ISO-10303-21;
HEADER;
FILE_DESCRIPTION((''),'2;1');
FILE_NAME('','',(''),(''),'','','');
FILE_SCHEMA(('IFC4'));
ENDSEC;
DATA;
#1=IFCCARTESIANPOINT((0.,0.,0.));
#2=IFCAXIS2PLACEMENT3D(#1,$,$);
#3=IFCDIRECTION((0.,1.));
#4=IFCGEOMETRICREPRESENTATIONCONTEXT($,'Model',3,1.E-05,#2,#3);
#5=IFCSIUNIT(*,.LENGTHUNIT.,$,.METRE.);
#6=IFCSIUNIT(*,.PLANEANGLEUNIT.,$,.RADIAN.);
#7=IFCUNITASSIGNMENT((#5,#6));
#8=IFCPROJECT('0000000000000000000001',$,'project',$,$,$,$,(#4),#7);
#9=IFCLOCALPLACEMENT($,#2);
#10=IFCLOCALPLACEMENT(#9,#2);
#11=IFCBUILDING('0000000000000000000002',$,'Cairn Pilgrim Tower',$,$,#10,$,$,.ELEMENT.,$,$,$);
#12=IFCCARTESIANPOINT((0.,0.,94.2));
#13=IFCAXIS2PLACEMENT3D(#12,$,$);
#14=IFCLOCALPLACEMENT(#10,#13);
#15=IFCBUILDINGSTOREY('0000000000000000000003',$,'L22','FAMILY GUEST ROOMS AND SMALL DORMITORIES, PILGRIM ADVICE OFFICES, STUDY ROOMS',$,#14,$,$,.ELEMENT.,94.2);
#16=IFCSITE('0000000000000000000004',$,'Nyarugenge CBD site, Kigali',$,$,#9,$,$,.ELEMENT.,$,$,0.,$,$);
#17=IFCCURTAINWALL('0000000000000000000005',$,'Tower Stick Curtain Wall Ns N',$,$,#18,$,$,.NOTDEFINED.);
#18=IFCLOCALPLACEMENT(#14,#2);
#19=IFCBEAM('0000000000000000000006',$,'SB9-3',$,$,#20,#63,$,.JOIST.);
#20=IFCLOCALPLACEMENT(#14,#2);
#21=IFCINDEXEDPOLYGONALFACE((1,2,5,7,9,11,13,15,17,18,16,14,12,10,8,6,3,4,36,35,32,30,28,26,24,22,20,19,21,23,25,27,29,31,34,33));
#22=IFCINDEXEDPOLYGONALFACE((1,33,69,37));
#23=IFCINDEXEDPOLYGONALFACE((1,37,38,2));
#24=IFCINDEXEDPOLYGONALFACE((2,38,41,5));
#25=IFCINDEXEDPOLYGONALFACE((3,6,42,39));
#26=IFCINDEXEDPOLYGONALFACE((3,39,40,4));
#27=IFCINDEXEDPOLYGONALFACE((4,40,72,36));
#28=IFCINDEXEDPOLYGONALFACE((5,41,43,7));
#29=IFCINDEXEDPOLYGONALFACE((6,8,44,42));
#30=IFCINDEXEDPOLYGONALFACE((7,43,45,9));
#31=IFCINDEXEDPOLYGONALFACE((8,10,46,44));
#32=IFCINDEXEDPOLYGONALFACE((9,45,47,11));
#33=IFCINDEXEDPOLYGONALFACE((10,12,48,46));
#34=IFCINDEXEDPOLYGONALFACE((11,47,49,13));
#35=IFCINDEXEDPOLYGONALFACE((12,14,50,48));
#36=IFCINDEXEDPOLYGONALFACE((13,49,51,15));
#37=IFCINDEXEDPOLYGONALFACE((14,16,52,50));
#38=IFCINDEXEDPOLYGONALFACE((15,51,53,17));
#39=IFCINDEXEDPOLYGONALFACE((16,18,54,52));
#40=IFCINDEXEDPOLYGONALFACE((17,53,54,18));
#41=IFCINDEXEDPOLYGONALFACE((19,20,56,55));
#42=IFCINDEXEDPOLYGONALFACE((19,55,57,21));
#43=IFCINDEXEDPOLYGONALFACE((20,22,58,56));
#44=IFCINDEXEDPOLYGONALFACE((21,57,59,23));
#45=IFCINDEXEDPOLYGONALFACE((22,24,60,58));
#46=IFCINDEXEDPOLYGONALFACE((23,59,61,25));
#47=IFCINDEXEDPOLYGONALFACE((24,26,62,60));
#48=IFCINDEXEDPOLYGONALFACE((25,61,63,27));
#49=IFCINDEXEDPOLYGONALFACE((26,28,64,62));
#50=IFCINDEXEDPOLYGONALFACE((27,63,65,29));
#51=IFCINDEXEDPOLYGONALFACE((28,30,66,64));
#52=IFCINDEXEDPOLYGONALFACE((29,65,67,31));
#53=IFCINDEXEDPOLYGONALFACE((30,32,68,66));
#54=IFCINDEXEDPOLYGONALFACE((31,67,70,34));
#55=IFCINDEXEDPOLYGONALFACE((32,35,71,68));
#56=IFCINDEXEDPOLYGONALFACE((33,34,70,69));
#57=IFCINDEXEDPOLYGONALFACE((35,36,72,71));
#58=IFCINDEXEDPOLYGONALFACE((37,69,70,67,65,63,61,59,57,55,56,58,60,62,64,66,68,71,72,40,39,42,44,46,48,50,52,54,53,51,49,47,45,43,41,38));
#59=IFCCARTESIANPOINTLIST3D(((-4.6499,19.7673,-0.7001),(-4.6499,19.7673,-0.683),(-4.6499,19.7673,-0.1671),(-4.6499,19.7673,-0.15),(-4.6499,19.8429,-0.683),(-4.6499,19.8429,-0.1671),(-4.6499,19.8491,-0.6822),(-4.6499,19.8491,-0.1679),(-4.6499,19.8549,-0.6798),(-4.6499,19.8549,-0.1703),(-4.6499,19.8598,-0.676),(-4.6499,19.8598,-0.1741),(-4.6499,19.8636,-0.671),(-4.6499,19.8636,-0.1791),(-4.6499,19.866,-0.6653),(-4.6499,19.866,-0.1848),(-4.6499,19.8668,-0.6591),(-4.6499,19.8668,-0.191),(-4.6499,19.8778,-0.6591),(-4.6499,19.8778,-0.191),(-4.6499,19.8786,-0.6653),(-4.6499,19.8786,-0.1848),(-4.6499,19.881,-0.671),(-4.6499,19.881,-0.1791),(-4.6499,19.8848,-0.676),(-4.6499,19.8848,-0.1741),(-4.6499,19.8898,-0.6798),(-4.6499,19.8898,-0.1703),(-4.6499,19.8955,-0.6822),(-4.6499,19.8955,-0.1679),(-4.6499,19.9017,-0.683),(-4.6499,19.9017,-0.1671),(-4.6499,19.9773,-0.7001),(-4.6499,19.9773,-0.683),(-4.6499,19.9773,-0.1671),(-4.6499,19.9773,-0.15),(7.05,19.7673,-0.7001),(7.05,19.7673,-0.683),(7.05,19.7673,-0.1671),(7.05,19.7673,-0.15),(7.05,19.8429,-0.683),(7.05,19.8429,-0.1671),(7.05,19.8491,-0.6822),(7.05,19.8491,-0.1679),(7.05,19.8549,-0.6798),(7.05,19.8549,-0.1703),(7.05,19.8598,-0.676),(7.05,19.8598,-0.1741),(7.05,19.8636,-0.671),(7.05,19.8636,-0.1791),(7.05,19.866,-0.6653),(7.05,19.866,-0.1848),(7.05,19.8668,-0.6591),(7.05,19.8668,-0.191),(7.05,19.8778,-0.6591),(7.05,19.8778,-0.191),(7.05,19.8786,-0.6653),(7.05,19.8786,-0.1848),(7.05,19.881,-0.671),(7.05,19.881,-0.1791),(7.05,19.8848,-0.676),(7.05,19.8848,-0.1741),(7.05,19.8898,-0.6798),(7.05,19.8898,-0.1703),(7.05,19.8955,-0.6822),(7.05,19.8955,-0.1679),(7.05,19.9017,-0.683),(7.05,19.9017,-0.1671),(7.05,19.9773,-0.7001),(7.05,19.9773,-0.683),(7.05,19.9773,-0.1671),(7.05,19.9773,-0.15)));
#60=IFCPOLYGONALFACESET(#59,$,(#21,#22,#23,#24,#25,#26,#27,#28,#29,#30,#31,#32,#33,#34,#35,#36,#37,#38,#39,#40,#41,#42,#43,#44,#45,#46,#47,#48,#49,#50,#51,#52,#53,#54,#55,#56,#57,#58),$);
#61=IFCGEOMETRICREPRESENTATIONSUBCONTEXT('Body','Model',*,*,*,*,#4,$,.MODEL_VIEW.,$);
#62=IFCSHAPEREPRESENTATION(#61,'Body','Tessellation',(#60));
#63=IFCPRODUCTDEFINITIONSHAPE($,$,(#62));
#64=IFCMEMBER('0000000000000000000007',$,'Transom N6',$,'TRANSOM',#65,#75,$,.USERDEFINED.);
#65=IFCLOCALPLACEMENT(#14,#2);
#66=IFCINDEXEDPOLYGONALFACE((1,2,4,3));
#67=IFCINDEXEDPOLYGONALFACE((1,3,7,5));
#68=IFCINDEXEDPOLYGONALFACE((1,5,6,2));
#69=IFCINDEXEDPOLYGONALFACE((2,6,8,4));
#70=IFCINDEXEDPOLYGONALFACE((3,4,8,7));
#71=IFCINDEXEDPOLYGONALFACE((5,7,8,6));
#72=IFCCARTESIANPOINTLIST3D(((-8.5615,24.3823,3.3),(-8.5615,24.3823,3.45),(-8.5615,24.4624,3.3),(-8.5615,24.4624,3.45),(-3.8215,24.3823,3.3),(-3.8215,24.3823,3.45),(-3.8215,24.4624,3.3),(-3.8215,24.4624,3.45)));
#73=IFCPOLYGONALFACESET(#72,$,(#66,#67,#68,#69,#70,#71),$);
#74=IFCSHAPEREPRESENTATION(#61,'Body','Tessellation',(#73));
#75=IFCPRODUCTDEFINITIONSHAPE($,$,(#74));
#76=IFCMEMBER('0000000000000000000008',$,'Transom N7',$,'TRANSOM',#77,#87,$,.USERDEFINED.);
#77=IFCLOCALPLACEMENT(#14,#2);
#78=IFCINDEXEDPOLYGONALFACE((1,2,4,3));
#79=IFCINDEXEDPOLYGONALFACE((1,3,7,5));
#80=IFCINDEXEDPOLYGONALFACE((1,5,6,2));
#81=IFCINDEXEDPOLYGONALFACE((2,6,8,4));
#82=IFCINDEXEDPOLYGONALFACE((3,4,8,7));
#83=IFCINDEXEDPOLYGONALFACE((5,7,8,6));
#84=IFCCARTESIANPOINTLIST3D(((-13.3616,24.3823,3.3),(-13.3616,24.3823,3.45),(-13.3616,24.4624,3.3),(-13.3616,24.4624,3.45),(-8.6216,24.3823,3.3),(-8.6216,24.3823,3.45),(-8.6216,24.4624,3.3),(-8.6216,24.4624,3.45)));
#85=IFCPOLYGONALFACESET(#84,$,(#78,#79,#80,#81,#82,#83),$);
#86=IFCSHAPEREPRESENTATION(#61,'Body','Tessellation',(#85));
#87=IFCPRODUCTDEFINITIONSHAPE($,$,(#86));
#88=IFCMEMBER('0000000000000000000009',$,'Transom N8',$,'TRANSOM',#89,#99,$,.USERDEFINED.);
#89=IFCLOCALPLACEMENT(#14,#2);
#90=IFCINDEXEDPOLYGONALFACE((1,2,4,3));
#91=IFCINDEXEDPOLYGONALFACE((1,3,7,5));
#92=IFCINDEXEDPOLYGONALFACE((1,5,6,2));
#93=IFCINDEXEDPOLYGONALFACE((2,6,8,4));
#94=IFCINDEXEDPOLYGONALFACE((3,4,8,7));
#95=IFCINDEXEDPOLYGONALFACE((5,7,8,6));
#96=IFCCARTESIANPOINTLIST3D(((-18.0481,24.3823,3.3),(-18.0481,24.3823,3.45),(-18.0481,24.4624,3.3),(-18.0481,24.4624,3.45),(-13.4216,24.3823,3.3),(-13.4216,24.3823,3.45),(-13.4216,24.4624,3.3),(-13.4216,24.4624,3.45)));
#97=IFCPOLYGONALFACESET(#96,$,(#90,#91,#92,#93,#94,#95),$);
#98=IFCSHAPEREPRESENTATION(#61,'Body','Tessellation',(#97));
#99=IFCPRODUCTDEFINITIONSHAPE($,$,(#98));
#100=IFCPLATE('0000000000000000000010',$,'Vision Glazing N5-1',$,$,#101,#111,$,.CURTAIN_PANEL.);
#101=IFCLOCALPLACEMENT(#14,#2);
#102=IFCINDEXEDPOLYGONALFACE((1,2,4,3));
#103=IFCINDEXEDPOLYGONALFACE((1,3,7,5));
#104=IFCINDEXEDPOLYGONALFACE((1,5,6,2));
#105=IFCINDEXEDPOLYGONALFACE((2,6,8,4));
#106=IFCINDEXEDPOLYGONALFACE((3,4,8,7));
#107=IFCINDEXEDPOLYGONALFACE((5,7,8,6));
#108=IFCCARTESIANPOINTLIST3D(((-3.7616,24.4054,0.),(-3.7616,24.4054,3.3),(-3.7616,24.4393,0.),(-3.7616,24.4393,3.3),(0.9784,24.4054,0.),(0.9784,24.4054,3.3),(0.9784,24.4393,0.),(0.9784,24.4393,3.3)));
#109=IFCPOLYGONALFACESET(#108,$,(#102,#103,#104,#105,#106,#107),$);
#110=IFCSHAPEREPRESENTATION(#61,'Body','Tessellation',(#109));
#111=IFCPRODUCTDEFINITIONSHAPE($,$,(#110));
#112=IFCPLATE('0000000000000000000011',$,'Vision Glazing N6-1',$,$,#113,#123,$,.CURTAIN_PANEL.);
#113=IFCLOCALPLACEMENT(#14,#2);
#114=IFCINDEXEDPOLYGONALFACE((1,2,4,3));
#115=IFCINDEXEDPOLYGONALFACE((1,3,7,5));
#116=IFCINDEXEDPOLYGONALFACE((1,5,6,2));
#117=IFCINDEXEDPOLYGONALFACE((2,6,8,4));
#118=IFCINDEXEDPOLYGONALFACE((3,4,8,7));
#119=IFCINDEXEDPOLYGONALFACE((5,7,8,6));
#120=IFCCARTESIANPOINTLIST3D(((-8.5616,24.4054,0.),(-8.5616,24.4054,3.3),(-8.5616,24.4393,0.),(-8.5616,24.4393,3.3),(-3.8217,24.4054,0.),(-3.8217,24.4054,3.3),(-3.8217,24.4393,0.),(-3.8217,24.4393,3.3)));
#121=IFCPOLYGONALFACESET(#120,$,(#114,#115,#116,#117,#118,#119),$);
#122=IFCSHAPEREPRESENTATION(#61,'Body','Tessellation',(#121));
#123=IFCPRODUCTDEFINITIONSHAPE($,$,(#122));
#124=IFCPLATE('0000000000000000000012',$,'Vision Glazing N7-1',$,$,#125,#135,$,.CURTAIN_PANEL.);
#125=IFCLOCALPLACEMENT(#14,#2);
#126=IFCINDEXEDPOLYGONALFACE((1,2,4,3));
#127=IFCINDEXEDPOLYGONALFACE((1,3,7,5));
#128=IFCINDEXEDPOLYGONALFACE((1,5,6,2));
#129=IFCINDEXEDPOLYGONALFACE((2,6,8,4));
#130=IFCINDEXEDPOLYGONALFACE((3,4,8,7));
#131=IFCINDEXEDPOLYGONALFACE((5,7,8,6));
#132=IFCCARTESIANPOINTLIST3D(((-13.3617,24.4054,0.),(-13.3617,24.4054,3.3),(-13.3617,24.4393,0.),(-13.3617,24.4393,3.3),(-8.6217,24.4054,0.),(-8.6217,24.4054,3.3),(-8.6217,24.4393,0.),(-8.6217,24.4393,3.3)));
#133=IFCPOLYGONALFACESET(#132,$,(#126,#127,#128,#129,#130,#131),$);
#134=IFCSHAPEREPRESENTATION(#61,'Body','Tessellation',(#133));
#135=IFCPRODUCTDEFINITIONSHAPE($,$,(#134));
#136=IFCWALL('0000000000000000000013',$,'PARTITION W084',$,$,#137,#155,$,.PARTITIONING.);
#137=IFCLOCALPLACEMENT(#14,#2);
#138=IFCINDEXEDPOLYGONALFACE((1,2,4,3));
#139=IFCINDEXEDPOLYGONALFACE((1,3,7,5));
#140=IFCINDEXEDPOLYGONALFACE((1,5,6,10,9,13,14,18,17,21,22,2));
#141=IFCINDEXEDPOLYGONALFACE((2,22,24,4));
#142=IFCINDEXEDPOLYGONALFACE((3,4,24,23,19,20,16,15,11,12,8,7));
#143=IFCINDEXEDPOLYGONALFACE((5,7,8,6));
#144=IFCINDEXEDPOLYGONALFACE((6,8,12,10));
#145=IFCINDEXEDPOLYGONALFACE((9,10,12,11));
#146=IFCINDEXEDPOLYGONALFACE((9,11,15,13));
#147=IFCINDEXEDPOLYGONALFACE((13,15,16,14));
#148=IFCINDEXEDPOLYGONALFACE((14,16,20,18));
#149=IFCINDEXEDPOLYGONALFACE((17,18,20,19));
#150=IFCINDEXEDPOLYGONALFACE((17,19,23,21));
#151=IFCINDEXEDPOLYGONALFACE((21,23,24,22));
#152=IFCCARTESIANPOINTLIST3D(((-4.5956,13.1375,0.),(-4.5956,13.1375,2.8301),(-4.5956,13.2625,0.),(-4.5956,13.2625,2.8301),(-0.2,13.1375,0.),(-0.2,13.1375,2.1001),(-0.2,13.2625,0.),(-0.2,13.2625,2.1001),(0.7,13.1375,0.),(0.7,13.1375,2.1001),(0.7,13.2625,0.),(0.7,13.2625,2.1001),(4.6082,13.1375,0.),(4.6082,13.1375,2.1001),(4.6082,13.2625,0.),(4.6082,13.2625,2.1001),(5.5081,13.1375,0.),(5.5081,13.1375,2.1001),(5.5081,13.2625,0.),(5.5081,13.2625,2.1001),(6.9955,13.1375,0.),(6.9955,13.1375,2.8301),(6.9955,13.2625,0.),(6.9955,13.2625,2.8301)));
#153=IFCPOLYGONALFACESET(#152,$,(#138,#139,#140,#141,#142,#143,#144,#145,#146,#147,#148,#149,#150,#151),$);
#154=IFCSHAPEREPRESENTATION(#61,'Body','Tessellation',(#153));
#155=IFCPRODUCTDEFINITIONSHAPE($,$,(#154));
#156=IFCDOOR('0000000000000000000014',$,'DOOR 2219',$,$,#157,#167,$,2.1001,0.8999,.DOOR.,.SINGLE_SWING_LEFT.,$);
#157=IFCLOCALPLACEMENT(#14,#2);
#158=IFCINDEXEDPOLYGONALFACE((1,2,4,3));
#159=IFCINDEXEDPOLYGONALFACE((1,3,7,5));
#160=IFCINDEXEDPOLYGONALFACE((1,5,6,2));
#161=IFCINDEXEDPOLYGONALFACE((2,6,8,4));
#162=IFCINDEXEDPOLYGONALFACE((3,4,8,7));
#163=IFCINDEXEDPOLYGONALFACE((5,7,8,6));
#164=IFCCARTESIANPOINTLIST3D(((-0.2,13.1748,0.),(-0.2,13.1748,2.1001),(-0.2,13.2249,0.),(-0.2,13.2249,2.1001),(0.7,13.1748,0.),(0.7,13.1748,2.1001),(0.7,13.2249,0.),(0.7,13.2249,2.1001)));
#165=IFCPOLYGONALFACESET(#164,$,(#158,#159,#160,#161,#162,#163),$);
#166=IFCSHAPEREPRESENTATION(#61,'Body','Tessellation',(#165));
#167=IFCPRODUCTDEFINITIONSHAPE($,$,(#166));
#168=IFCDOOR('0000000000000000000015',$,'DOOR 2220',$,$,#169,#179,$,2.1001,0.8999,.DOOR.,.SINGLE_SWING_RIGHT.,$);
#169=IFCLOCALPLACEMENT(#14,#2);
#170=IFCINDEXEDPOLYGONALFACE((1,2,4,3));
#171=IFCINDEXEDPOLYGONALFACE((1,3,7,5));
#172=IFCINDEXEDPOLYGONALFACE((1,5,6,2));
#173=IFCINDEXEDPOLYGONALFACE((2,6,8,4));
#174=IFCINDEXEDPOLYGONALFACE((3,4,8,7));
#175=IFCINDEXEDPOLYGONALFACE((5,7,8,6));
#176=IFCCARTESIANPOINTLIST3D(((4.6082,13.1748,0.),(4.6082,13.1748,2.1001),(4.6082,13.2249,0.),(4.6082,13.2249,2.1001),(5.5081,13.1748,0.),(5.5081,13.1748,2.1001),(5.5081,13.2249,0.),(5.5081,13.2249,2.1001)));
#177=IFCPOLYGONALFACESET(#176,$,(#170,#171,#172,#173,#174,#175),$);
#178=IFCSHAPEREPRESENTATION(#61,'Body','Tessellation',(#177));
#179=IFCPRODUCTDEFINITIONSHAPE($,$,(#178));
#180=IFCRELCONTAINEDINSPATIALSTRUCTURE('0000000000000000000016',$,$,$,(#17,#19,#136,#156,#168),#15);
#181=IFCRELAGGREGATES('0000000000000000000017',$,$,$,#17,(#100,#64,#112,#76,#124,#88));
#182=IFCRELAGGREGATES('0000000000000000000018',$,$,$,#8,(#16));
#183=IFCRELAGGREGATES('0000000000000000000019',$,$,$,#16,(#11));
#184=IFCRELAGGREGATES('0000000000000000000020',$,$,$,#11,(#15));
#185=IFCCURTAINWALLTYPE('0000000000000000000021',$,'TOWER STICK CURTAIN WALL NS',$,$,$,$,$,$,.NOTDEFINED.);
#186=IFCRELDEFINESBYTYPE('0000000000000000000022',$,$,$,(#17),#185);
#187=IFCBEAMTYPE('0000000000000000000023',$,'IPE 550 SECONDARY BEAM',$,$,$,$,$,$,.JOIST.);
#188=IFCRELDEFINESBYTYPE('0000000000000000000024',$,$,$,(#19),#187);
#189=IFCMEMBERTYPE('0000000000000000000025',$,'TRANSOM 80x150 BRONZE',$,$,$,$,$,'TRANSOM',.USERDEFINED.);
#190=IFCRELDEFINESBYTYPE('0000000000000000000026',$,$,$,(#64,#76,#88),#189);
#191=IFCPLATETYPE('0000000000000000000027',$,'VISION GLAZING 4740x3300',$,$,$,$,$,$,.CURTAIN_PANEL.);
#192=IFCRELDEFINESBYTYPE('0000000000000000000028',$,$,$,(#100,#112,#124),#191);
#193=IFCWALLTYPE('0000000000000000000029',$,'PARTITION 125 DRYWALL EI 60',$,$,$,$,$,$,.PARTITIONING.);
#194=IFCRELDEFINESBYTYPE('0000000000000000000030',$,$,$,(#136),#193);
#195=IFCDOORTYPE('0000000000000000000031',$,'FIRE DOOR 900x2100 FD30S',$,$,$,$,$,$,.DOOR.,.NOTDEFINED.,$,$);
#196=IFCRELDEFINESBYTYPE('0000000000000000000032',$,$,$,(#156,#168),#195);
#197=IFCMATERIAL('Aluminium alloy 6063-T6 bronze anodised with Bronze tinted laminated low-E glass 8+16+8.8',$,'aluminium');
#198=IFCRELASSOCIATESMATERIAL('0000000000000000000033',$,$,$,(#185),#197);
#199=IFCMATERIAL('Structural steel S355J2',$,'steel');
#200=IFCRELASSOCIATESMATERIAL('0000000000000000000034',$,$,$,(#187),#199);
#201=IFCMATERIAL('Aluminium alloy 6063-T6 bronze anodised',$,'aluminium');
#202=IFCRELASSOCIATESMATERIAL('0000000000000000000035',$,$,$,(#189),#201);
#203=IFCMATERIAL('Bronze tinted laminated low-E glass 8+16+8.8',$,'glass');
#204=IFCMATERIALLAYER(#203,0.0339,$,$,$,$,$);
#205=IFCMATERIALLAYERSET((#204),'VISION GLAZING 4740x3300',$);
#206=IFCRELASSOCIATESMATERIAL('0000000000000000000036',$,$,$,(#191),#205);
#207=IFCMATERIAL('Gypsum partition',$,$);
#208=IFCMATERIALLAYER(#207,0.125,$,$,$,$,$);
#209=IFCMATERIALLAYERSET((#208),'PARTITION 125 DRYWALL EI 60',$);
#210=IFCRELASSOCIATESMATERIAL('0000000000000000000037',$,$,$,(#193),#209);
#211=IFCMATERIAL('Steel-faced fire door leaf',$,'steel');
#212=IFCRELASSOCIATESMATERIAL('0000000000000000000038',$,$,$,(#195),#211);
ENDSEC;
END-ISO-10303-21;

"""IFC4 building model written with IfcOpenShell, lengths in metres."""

from ifc_helpers import new_model, si_unit, direction, frame, frame_2d, origin, origin_2d, place, context, subcontext, project, spatial, rectangle, i_section, extrude, material, layer, layer_set, material_profile, profile_set, type_object, element, fill, aggregate, save


model = new_model("IFC4")

# Units and contexts
model_context = context("Model", 3, precision=1e-05, world=origin(), true_north=direction((0.0, 1.0)))
body_context = subcontext(model_context, "Body", "Model", "MODEL_VIEW")
ifc_project = project(units=[si_unit("LENGTHUNIT", "METRE"), si_unit("PLANEANGLEUNIT", "RADIAN")], contexts=[model_context])

# Site, building, storey
site_placement = place(None, origin())
site = spatial("IfcSite", under=ifc_project, at=site_placement, Name="Nyarugenge CBD site, Kigali", CompositionType="ELEMENT", RefElevation=0.0)
building_placement = place(site_placement, origin())
building = spatial("IfcBuilding", under=site, at=building_placement, Name="Cairn Pilgrim Tower", CompositionType="ELEMENT")
storey_placement = place(building_placement, frame((0.0, 0.0, 94.2)))
storey = spatial("IfcBuildingStorey", under=building, at=storey_placement, Name="L22", Description="FAMILY GUEST ROOMS AND SMALL DORMITORIES, PILGRIM ADVICE OFFICES, STUDY ROOMS", CompositionType="ELEMENT", Elevation=94.2)

# Curtain wall
ifc_material_1 = material(Name="Aluminium alloy 6063-T6 bronze anodised with Bronze tinted laminated low-E glass 8+16+8.8", Category="aluminium")
curtain_wall_type = type_object("IfcCurtainWallType", Name="TOWER STICK CURTAIN WALL NS", PredefinedType="NOTDEFINED", material=ifc_material_1)
curtain_wall_placement = place(storey_placement, origin())
curtain_wall = element("IfcCurtainWall", 1, at=curtain_wall_placement, inside=storey, type_object=curtain_wall_type, Name="Tower Stick Curtain Wall Ns N", PredefinedType="NOTDEFINED")
ifc_material_2 = material(Name="Aluminium alloy 6063-T6 bronze anodised", Category="aluminium")

# Beam
ifc_material_3 = material(Name="Structural steel S355J2", Category="steel")
ifc_material_profile_1 = material_profile(ifc_material_3, i_section(OverallWidth=0.21, OverallDepth=0.55, WebThickness=0.011, FlangeThickness=0.0171, FilletRadius=0.0239, at=origin_2d()), Name="IPE 550")
ifc_profile_set_1 = profile_set([ifc_material_profile_1], Name="Structural steel S355J2")
beam_type_1 = type_object("IfcBeamType", Name="IPE 550 SECONDARY BEAM", PredefinedType="JOIST", material=ifc_profile_set_1)
for number, where, z_axis, x_axis, name in (
    (2, (-4.6499, 19.8723, -0.425), (1.0, 0.0, 0.0), (0.0, 1.0, 0.0), "SB9-3"),
):
    element("IfcBeam", number, at=place(storey_placement, frame(where, z_axis=z_axis, x_axis=x_axis)), inside=storey, type_object=beam_type_1, Name=name, PredefinedType="JOIST", context=body_context, shape_type="SweptSolid", body=[
        extrude(i_section(OverallWidth=0.21, OverallDepth=0.55, WebThickness=0.011, FlangeThickness=0.0171, FilletRadius=0.0239, at=origin_2d()), origin(), (0.0, 0.0, 1.0), 11.7),
    ])

# Members
ifc_material_profile_2 = material_profile(ifc_material_2, rectangle(XDim=0.0801, YDim=0.1499, at=origin_2d()), Name="TRANSOM 80x150 BRONZE")
ifc_profile_set_2 = profile_set([ifc_material_profile_2], Name="Aluminium alloy 6063-T6 bronze anodised")
member_type_1 = type_object("IfcMemberType", Name="TRANSOM 80x150 BRONZE", ElementType="TRANSOM", PredefinedType="USERDEFINED", material=ifc_profile_set_2)
member_1_placement = place(storey_placement, frame((-3.8215, 24.4224, 3.375), z_axis=(-1.0, 0.0, 0.0), x_axis=(0.0, -1.0, 0.0)))
member_1 = element("IfcMember", 3, at=member_1_placement, type_object=member_type_1, Name="Transom N6", ObjectType="TRANSOM", PredefinedType="USERDEFINED", context=body_context, shape_type="SweptSolid", body=[
    extrude(rectangle(XDim=0.0801, YDim=0.1499, at=origin_2d()), origin(), (0.0, 0.0, 1.0), 4.74),
])
member_2_placement = place(storey_placement, frame((-8.6216, 24.4224, 3.375), z_axis=(-1.0, 0.0, 0.0), x_axis=(0.0, -1.0, 0.0)))
member_2 = element("IfcMember", 4, at=member_2_placement, type_object=member_type_1, Name="Transom N7", ObjectType="TRANSOM", PredefinedType="USERDEFINED", context=body_context, shape_type="SweptSolid", body=[
    extrude(rectangle(XDim=0.0801, YDim=0.1499, at=origin_2d()), origin(), (0.0, 0.0, 1.0), 4.74),
])
member_3_placement = place(storey_placement, frame((-13.4216, 24.4224, 3.375), z_axis=(-1.0, 0.0, 0.0), x_axis=(0.0, -1.0, 0.0)))
member_3 = element("IfcMember", 5, at=member_3_placement, type_object=member_type_1, Name="Transom N8", ObjectType="TRANSOM", PredefinedType="USERDEFINED", context=body_context, shape_type="SweptSolid", body=[
    extrude(rectangle(XDim=0.0801, YDim=0.1499, at=origin_2d()), origin(), (0.0, 0.0, 1.0), 4.6265),
])

# Plates
ifc_material_4 = material(Name="Bronze tinted laminated low-E glass 8+16+8.8", Category="glass")
ifc_layer_1 = layer(ifc_material_4, 0.0339)
ifc_layer_set_1 = layer_set([ifc_layer_1], Name="VISION GLAZING 4740x3300")
plate_type = type_object("IfcPlateType", Name="VISION GLAZING 4740x3300", PredefinedType="CURTAIN_PANEL", material=ifc_layer_set_1)
plate_1_placement = place(storey_placement, frame((-1.3916, 24.4224, 0.0), z_axis=(0.0, 0.0, 1.0), x_axis=(-1.0, 0.0, 0.0)))
plate_1 = element("IfcPlate", 6, at=plate_1_placement, type_object=plate_type, Name="Vision Glazing N5-1", PredefinedType="CURTAIN_PANEL", context=body_context, shape_type="SweptSolid", body=[
    extrude(rectangle(XDim=4.74, YDim=0.0339, at=origin_2d()), origin(), (0.0, 0.0, 1.0), 3.3),
])
plate_2_placement = place(storey_placement, frame((-6.1917, 24.4224, 0.0), z_axis=(0.0, 0.0, 1.0), x_axis=(-1.0, 0.0, 0.0)))
plate_2 = element("IfcPlate", 7, at=plate_2_placement, type_object=plate_type, Name="Vision Glazing N6-1", PredefinedType="CURTAIN_PANEL", context=body_context, shape_type="SweptSolid", body=[
    extrude(rectangle(XDim=4.74, YDim=0.0339, at=origin_2d()), origin(), (0.0, 0.0, 1.0), 3.3),
])
plate_3_placement = place(storey_placement, frame((-10.9917, 24.4224, 0.0), z_axis=(0.0, 0.0, 1.0), x_axis=(-1.0, 0.0, 0.0)))
plate_3 = element("IfcPlate", 8, at=plate_3_placement, type_object=plate_type, Name="Vision Glazing N7-1", PredefinedType="CURTAIN_PANEL", context=body_context, shape_type="SweptSolid", body=[
    extrude(rectangle(XDim=4.74, YDim=0.0339, at=origin_2d()), origin(), (0.0, 0.0, 1.0), 3.3),
])
aggregate(curtain_wall, [plate_1, member_1, plate_2, member_2, plate_3, member_3])

# Wall, openings, doors
ifc_material_5 = material(Name="Gypsum partition")
ifc_layer_2 = layer(ifc_material_5, 0.125)
ifc_layer_set_2 = layer_set([ifc_layer_2], Name="PARTITION 125 DRYWALL EI 60")
wall_type_1 = type_object("IfcWallType", Name="PARTITION 125 DRYWALL EI 60", PredefinedType="PARTITIONING", material=ifc_layer_set_2)
wall_1_placement = place(storey_placement, frame((-4.5955, 13.2, 0.0), z_axis=(0.0, 0.0, 1.0), x_axis=(1.0, 0.0, 0.0)))
wall_1 = element("IfcWall", 9, at=wall_1_placement, inside=storey, type_object=wall_type_1, Name="PARTITION W084", PredefinedType="PARTITIONING", context=body_context, shape_type="SweptSolid", body=[
    extrude(rectangle(XDim=11.5911, YDim=0.125, at=frame_2d((5.7954, 0.0))), origin(), (0.0, 0.0, 1.0), 2.8301),
])
opening_1_placement = place(wall_1_placement, frame((4.3955, 0.0, 0.0)))
opening_1 = element("IfcOpeningElement", 10, at=opening_1_placement, cuts=wall_1, PredefinedType="OPENING", context=body_context, shape_type="SweptSolid", body=[
    extrude(rectangle(XDim=0.8999, YDim=2.1001, at=frame_2d((0.45, 1.05))), frame((0.0, 0.0725, 0.0), z_axis=(0.0, -1.0, 0.0), x_axis=(1.0, 0.0, 0.0)), (0.0, 0.0, 1.0), 0.145),
])
opening_2_placement = place(wall_1_placement, frame((9.2036, 0.0, 0.0)))
opening_2 = element("IfcOpeningElement", 11, at=opening_2_placement, cuts=wall_1, PredefinedType="OPENING", context=body_context, shape_type="SweptSolid", body=[
    extrude(rectangle(XDim=0.8999, YDim=2.1001, at=frame_2d((0.45, 1.05))), frame((0.0, 0.0725, 0.0), z_axis=(0.0, -1.0, 0.0), x_axis=(1.0, 0.0, 0.0)), (0.0, 0.0, 1.0), 0.145),
])
ifc_material_6 = material(Name="Steel-faced fire door leaf", Category="steel")
door_type = type_object("IfcDoorType", Name="FIRE DOOR 900x2100 FD30S", OperationType="NOTDEFINED", PredefinedType="DOOR", material=ifc_material_6)
door_1_placement = place(opening_1_placement, origin())
door_1 = element("IfcDoor", 12, at=door_1_placement, inside=storey, type_object=door_type, Name="DOOR 2219", OperationType="SINGLE_SWING_LEFT", OverallHeight=2.1001, OverallWidth=0.8999, PredefinedType="DOOR", context=body_context, shape_type="SweptSolid", body=[
    extrude(rectangle(XDim=0.8999, YDim=2.1001, at=frame_2d((0.45, 1.05))), frame((0.0, 0.0249, 0.0), z_axis=(0.0, -1.0, 0.0), x_axis=(1.0, 0.0, 0.0)), (0.0, 0.0, 1.0), 0.05),
])
fill(opening_1, door_1)
door_2_placement = place(opening_2_placement, origin())
door_2 = element("IfcDoor", 13, at=door_2_placement, inside=storey, type_object=door_type, Name="DOOR 2220", OperationType="SINGLE_SWING_RIGHT", OverallHeight=2.1001, OverallWidth=0.8999, PredefinedType="DOOR", context=body_context, shape_type="SweptSolid", body=[
    extrude(rectangle(XDim=0.8999, YDim=2.1001, at=frame_2d((0.45, 1.05))), frame((0.0, 0.0249, 0.0), z_axis=(0.0, -1.0, 0.0), x_axis=(1.0, 0.0, 0.0)), (0.0, 0.0, 1.0), 0.05),
])
fill(opening_2, door_2)

save(model, "model.ifc")
